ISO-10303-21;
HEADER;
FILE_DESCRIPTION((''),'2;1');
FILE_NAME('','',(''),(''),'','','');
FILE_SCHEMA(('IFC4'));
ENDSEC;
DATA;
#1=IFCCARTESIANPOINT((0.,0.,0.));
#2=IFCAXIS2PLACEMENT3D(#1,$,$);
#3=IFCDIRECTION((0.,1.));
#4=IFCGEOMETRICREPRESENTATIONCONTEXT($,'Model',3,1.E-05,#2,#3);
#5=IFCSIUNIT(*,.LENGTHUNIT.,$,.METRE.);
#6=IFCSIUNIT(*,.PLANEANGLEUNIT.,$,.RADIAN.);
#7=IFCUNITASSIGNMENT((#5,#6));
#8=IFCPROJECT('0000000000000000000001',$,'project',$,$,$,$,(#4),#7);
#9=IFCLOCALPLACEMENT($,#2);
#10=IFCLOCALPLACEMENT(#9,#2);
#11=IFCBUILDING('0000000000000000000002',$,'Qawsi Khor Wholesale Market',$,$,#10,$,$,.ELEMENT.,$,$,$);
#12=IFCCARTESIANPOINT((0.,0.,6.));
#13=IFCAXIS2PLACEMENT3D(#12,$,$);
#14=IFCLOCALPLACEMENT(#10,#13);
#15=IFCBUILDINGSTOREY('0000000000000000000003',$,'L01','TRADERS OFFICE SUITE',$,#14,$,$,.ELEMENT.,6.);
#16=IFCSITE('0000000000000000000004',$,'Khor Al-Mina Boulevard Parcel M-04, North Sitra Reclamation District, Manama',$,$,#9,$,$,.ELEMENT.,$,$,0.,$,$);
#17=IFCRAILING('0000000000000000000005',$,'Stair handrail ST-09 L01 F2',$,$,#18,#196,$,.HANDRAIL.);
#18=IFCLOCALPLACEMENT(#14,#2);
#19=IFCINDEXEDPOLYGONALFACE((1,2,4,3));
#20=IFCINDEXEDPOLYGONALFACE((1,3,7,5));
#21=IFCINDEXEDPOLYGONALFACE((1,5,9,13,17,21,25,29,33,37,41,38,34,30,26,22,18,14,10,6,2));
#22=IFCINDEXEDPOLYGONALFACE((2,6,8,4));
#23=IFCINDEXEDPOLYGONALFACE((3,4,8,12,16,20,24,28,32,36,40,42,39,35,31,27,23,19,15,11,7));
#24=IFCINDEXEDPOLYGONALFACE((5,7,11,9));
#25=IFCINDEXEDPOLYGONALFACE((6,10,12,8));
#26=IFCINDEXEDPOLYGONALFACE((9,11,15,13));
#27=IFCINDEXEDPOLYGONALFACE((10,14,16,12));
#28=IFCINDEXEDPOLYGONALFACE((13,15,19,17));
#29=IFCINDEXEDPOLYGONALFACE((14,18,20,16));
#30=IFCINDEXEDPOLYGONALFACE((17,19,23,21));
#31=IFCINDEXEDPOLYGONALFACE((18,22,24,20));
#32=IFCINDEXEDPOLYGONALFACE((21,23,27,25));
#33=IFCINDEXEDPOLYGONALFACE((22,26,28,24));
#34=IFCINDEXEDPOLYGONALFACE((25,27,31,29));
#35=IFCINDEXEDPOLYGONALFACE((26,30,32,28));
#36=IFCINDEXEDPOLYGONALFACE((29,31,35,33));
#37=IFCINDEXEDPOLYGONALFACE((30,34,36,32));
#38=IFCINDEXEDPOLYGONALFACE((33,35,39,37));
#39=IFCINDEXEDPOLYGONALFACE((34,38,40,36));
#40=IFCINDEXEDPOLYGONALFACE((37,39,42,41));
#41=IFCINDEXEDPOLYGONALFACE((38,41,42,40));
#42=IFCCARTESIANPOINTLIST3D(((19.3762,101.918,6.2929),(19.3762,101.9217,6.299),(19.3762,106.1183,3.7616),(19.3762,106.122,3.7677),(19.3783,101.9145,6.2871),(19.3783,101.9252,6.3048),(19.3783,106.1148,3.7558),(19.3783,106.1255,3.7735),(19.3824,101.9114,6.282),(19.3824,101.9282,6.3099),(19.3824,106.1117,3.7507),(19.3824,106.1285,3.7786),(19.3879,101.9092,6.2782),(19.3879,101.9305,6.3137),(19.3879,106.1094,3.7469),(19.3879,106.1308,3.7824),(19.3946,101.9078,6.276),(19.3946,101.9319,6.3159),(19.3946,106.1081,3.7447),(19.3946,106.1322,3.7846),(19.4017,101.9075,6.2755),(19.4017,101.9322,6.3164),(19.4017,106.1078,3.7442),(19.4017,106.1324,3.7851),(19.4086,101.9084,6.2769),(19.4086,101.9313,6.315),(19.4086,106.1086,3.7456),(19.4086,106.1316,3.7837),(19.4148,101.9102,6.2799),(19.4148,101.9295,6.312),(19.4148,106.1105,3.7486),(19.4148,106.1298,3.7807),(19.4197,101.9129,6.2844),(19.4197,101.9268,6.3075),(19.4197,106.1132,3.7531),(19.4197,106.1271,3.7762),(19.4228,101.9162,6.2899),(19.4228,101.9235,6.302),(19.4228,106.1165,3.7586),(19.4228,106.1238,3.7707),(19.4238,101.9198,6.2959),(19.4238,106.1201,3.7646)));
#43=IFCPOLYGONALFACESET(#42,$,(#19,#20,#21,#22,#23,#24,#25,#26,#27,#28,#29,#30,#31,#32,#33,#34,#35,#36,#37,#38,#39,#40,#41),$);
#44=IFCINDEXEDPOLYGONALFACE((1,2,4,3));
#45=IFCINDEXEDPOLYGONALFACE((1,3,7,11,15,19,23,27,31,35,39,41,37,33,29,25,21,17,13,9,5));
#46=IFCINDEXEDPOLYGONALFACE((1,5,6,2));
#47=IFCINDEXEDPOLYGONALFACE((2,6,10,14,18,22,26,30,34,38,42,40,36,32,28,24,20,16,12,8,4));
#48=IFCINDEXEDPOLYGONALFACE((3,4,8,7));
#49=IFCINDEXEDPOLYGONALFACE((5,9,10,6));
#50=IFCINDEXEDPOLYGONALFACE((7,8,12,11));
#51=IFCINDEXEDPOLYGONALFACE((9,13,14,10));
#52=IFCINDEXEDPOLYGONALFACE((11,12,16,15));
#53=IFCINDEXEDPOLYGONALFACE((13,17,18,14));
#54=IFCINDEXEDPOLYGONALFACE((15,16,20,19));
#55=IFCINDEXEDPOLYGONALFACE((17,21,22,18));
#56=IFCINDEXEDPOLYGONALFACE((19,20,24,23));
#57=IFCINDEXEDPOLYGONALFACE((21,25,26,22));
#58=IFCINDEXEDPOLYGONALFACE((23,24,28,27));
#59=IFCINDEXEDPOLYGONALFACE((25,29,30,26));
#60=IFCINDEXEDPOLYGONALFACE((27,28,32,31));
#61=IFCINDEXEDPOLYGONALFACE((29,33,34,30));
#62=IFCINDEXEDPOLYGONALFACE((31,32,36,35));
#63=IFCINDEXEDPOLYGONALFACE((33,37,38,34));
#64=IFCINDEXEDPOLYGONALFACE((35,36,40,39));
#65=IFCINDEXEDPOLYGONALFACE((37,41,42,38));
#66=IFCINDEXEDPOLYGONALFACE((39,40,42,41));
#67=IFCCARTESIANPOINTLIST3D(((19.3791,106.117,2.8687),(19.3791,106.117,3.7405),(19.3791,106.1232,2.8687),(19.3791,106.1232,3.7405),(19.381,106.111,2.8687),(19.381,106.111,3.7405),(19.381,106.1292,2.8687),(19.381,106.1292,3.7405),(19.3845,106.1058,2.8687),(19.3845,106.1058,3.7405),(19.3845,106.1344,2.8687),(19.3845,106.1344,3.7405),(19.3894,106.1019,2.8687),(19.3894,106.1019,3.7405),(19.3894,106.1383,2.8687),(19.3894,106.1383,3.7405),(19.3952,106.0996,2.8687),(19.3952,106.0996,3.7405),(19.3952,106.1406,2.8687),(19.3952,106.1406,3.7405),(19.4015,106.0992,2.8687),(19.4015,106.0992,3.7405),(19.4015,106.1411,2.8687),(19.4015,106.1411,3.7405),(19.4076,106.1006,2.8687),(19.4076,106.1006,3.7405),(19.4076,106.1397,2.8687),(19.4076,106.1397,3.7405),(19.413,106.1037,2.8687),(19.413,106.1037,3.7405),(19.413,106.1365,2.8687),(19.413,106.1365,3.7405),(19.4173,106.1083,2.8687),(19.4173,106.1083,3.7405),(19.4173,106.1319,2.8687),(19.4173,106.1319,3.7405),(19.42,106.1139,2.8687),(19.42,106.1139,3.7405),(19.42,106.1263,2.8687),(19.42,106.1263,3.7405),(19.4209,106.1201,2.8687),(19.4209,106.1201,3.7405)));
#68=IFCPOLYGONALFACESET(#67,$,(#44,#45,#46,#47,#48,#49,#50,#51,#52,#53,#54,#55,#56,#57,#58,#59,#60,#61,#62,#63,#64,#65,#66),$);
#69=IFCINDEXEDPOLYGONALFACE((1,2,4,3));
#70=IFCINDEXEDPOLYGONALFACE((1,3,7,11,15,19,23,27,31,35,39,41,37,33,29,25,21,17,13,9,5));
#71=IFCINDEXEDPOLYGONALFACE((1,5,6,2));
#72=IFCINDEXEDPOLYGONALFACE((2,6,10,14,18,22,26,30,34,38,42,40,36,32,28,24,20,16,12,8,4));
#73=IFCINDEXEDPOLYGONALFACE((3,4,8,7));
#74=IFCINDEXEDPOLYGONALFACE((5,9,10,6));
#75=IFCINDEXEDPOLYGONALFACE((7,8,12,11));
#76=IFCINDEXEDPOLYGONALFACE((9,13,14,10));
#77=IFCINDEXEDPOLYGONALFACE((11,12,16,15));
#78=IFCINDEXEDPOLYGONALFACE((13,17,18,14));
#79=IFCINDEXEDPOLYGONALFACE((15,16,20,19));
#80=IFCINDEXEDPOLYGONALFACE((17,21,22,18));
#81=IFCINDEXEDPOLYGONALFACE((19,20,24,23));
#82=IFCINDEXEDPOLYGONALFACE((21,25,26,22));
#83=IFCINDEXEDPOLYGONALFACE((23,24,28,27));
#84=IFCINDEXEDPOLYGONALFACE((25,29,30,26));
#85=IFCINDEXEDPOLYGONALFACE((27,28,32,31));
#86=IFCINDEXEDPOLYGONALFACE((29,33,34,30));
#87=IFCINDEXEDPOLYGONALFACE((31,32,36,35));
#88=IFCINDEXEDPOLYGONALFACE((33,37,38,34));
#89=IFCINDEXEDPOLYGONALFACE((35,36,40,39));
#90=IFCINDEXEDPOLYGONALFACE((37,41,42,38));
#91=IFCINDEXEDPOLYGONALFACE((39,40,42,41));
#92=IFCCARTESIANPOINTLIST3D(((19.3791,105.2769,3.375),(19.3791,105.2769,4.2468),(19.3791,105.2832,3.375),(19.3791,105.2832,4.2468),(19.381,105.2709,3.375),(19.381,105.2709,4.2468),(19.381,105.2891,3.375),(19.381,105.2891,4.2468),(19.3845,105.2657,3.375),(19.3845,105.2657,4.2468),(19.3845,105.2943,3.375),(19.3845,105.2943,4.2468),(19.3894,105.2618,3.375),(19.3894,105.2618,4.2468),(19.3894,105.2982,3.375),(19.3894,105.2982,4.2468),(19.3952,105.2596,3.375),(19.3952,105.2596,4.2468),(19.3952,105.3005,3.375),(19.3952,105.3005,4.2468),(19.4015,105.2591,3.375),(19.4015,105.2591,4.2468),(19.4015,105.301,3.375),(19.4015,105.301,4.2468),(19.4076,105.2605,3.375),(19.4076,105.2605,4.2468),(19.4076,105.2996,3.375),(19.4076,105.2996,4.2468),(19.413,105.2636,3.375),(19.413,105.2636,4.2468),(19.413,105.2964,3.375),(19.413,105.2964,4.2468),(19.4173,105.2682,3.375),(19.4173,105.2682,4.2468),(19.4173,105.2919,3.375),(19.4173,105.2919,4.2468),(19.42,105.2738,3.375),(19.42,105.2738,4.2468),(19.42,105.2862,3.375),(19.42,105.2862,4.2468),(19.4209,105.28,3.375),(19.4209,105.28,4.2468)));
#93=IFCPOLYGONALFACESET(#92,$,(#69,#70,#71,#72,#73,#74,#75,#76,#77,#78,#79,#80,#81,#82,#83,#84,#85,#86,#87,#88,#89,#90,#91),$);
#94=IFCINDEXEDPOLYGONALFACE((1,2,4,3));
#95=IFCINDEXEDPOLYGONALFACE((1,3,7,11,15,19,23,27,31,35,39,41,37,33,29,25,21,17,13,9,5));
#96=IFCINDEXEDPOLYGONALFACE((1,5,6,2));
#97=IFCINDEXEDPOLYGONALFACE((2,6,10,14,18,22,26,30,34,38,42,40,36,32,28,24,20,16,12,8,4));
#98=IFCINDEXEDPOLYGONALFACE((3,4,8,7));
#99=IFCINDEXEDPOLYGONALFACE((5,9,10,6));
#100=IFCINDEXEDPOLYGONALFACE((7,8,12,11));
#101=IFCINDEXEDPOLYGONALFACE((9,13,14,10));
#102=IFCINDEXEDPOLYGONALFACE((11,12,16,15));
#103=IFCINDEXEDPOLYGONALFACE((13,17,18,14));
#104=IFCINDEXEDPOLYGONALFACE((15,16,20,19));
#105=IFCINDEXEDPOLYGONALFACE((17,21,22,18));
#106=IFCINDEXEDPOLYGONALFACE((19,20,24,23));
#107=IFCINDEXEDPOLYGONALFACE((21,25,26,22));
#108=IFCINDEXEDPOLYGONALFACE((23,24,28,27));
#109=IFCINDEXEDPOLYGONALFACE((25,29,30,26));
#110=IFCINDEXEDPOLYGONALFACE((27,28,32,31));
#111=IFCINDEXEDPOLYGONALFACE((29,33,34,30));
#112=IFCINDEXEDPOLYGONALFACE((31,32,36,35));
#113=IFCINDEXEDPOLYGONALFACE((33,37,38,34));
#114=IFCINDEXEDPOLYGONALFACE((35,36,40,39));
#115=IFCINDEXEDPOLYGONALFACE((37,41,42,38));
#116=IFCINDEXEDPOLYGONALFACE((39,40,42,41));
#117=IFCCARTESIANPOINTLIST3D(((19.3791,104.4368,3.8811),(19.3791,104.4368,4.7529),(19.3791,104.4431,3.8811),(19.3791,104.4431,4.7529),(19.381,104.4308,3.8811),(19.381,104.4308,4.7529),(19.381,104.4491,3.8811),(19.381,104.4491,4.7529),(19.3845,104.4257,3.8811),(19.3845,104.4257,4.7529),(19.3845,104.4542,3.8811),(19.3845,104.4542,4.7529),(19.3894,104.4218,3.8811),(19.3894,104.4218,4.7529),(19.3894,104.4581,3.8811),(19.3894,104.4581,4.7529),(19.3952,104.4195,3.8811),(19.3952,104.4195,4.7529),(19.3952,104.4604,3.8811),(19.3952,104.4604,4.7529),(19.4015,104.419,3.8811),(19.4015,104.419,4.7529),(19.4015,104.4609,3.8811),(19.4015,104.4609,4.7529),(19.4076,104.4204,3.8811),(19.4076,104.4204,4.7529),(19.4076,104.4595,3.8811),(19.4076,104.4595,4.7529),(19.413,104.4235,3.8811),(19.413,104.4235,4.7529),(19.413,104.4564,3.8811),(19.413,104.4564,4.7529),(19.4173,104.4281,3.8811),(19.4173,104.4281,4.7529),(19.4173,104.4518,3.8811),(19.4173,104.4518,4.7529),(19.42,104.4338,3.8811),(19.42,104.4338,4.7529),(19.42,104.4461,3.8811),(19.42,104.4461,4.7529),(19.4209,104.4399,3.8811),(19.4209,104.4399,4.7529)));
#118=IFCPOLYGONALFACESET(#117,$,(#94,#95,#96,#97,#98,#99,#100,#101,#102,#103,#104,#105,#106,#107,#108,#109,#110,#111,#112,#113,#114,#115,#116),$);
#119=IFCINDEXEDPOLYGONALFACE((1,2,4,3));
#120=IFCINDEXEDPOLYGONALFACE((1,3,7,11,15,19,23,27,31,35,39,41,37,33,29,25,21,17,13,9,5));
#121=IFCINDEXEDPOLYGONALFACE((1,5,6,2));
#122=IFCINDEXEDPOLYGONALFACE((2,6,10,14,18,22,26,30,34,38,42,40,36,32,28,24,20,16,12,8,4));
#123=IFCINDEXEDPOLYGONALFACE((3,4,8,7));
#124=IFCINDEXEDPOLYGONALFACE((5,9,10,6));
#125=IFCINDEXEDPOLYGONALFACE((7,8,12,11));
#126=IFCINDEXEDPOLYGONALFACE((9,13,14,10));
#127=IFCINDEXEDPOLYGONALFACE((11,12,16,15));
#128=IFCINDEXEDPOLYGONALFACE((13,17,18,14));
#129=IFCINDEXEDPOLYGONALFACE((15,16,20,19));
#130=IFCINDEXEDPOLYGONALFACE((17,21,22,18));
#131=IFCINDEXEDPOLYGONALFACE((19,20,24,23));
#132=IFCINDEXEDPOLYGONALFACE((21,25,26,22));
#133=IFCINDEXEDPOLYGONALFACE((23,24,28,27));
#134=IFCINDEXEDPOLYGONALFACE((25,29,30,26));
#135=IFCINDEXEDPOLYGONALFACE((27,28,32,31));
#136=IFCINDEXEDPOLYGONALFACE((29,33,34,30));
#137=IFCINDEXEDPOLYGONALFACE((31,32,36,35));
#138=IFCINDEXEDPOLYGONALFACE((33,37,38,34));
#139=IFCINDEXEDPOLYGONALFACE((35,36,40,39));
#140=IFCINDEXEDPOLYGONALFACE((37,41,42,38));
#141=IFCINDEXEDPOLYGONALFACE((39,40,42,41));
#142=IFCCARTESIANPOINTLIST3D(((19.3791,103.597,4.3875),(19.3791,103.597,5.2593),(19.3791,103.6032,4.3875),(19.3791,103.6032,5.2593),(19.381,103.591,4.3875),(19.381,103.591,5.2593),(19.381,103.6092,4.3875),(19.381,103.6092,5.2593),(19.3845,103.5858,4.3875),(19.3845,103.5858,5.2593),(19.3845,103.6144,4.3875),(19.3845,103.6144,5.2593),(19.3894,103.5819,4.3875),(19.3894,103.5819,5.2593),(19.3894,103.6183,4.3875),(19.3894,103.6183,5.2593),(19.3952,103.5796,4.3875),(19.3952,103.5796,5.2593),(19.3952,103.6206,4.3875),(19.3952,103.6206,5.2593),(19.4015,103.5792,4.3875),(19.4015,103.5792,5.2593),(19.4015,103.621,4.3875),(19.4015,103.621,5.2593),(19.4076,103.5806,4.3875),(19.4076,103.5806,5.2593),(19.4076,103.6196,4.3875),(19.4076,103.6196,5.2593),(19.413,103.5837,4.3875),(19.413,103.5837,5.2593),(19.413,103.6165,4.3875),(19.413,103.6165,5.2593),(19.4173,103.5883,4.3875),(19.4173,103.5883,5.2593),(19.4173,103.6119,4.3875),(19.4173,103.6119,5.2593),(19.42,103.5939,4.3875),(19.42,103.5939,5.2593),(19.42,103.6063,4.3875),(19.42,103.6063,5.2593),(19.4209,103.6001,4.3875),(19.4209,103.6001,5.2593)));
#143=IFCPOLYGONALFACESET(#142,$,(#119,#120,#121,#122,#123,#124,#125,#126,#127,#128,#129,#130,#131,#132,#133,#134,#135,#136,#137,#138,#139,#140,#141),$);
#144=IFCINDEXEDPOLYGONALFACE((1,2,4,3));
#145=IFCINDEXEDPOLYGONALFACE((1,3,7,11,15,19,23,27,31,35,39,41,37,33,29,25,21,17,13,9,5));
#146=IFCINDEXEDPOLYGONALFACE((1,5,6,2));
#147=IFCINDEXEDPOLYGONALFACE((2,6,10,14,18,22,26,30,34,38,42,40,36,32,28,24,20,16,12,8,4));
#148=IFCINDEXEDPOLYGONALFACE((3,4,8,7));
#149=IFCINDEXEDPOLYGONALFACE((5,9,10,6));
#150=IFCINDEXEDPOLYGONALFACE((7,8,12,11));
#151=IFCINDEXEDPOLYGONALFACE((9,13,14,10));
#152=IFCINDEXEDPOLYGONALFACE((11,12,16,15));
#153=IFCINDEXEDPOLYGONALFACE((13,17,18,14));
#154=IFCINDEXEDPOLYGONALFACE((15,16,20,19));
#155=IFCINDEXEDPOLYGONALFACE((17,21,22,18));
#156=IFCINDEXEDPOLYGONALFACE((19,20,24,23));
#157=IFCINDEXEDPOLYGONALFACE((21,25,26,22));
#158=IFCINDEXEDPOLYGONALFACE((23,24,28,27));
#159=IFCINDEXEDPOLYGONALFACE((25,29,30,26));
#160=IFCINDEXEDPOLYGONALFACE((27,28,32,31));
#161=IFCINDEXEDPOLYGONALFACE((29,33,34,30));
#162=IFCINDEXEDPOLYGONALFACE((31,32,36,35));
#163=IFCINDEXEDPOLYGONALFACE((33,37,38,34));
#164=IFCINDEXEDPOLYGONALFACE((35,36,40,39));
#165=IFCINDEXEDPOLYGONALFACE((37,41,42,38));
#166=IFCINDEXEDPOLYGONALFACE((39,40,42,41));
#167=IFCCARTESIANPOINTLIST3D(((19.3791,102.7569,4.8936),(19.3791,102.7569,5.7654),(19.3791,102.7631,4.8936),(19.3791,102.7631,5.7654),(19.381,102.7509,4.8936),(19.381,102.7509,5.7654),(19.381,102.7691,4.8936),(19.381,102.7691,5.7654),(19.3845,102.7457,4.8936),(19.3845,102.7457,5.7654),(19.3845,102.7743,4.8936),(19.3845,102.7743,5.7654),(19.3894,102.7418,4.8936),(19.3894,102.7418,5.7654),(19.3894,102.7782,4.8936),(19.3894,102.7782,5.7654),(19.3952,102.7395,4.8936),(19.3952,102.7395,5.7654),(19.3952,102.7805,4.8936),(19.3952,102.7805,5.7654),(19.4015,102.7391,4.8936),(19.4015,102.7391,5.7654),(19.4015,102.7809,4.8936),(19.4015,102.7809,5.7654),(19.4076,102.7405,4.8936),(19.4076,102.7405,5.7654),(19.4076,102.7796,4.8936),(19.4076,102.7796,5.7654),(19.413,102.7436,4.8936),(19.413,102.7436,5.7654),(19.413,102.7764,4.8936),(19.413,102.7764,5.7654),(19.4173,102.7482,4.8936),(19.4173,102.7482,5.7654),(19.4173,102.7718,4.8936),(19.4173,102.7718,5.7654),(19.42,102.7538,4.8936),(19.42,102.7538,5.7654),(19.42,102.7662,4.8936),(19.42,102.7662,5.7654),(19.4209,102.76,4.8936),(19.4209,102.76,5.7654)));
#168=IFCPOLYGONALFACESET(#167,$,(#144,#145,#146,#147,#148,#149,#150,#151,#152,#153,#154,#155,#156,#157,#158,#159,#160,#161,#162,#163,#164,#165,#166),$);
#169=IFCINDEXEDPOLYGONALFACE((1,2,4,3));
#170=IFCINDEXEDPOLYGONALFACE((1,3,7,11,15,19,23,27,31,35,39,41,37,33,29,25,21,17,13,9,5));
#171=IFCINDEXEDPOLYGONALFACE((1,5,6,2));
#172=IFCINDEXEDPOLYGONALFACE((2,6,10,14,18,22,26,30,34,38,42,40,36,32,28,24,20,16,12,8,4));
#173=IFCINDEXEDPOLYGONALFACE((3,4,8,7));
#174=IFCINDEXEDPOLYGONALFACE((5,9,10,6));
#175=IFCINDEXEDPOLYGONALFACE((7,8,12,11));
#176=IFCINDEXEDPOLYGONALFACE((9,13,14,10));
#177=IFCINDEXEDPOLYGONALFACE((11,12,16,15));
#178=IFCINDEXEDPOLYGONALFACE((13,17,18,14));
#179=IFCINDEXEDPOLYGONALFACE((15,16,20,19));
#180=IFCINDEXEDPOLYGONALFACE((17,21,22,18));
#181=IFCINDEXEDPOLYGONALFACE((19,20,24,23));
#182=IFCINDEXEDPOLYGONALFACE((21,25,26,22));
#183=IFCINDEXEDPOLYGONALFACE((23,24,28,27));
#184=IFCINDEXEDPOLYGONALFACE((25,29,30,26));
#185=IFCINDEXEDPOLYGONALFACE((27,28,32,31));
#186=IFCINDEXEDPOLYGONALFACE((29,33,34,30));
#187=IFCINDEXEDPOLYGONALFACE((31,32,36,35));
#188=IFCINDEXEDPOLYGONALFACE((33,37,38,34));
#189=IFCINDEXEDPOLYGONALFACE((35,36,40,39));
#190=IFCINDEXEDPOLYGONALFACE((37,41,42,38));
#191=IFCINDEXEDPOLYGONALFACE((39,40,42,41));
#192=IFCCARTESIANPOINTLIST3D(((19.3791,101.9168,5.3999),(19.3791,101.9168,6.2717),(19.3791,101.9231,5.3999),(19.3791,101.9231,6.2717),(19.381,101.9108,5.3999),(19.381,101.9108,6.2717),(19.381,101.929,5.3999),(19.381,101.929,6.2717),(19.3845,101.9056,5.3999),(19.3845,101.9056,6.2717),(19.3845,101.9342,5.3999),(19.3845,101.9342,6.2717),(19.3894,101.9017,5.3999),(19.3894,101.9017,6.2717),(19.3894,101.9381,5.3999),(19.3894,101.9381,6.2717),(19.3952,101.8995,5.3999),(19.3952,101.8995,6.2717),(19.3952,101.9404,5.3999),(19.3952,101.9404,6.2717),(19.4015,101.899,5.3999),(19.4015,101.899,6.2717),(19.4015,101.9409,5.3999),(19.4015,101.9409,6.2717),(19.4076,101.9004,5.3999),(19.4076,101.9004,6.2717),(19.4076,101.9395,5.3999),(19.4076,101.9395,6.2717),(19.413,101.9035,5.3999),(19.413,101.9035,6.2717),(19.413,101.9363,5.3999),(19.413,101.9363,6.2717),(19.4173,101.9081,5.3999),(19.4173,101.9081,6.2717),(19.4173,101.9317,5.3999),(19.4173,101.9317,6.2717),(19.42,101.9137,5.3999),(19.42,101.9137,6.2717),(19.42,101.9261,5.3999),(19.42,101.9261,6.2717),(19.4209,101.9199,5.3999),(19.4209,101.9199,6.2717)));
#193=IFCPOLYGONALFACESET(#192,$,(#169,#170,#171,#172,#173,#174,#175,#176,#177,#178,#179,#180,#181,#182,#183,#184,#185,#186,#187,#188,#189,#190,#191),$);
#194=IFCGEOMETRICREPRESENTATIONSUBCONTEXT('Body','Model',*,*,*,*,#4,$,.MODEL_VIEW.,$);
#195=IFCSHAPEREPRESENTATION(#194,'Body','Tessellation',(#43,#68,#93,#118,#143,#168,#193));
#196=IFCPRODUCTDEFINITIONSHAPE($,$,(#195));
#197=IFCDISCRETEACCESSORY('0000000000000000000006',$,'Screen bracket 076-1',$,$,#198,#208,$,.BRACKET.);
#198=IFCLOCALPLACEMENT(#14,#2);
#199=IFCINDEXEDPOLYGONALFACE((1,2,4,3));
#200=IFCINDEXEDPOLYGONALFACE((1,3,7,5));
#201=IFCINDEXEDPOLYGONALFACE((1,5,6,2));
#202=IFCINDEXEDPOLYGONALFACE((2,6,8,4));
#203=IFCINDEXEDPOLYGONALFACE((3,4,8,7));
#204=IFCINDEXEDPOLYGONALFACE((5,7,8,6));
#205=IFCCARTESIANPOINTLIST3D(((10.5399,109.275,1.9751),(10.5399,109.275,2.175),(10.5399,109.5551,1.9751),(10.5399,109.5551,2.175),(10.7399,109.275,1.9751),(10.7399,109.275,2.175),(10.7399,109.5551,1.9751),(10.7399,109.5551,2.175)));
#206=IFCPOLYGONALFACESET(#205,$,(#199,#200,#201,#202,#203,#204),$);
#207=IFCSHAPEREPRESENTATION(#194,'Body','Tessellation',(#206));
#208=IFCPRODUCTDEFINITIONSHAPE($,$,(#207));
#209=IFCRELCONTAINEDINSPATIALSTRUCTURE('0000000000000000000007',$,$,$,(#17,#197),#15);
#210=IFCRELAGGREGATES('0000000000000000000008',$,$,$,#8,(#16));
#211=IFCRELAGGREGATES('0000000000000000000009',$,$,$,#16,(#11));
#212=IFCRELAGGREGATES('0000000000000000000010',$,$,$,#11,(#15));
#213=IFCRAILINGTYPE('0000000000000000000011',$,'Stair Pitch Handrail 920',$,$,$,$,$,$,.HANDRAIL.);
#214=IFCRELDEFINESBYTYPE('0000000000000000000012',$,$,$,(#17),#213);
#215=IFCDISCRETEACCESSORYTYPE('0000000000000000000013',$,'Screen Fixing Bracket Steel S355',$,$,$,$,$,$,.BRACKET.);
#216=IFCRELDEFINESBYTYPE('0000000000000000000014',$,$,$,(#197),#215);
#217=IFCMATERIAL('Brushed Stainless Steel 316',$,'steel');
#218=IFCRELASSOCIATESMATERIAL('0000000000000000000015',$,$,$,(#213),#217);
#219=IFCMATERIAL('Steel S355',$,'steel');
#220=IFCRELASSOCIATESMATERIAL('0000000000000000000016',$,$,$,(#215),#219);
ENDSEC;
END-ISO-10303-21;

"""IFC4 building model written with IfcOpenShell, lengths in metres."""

from ifc_helpers import new_model, si_unit, direction, frame, origin, origin_2d, place, context, subcontext, project, spatial, rectangle, circle, extrude, material, type_object, element, save


model = new_model("IFC4")

# Units and contexts
model_context = context("Model", 3, precision=1e-05, world=origin(), true_north=direction((0.0, 1.0)))
body_context = subcontext(model_context, "Body", "Model", "MODEL_VIEW")
ifc_project = project(units=[si_unit("LENGTHUNIT", "METRE"), si_unit("PLANEANGLEUNIT", "RADIAN")], contexts=[model_context])

# Site, building, storey
site_placement = place(None, origin())
site = spatial("IfcSite", under=ifc_project, at=site_placement, Name="Khor Al-Mina Boulevard Parcel M-04, North Sitra Reclamation District, Manama", CompositionType="ELEMENT", RefElevation=0.0)
building_placement = place(site_placement, origin())
building = spatial("IfcBuilding", under=site, at=building_placement, Name="Qawsi Khor Wholesale Market", CompositionType="ELEMENT")
storey_placement = place(building_placement, frame((0.0, 0.0, 6.0)))
storey = spatial("IfcBuildingStorey", under=building, at=storey_placement, Name="L01", Description="TRADERS OFFICE SUITE", CompositionType="ELEMENT", Elevation=6.0)

# Shared definitions
ifc_material_1 = material(Name="Steel S355", Category="steel")

# Railing
ifc_material_2 = material(Name="Brushed Stainless Steel 316", Category="steel")
railing_type = type_object("IfcRailingType", Name="Stair Pitch Handrail 920", PredefinedType="HANDRAIL", material=ifc_material_2)
railing_placement = place(storey_placement, frame((19.3999, 106.1201, 2.8687)))
element("IfcRailing", 1, at=railing_placement, inside=storey, type_object=railing_type, Name="Stair handrail ST-09 L01 F2", PredefinedType="HANDRAIL", context=body_context, shape_type="SweptSolid", body=[
    extrude(circle(Radius=0.0239, at=origin_2d()), frame((0.0, 0.0, 0.896), z_axis=(0.0, -0.85649, 0.516164), x_axis=(1.0, 0.0, 0.0)), (0.0, 0.0, 1.0), 4.9041),
    extrude(circle(Radius=0.021, at=origin_2d()), origin(), (0.0, 0.0, 1.0), 0.8718),
    extrude(circle(Radius=0.021, at=origin_2d()), frame((0.0, -0.8401, 0.5063)), (0.0, 0.0, 1.0), 0.8718),
    extrude(circle(Radius=0.021, at=origin_2d()), frame((0.0, -1.6802, 1.0125)), (0.0, 0.0, 1.0), 0.8718),
    extrude(circle(Radius=0.021, at=origin_2d()), frame((0.0, -2.52, 1.5188)), (0.0, 0.0, 1.0), 0.8718),
    extrude(circle(Radius=0.021, at=origin_2d()), frame((0.0, -3.3601, 2.0249)), (0.0, 0.0, 1.0), 0.8718),
    extrude(circle(Radius=0.021, at=origin_2d()), frame((0.0, -4.2002, 2.5312)), (0.0, 0.0, 1.0), 0.8718),
])

# Discrete accessory
discrete_accessory_type = type_object("IfcDiscreteAccessoryType", Name="Screen Fixing Bracket Steel S355", PredefinedType="BRACKET", material=ifc_material_1)
discrete_accessory_placement = place(storey_placement, frame((10.6399, 109.415, 1.9751), z_axis=(0.0, 0.0, 1.0), x_axis=(1.0, 0.0, 0.0)))
element("IfcDiscreteAccessory", 2, at=discrete_accessory_placement, inside=storey, type_object=discrete_accessory_type, Name="Screen bracket 076-1", PredefinedType="BRACKET", context=body_context, shape_type="SweptSolid", body=[
    extrude(rectangle(XDim=0.2, YDim=0.28, at=origin_2d()), origin(), (0.0, 0.0, 1.0), 0.2),
])

save(model, "model.ifc")
